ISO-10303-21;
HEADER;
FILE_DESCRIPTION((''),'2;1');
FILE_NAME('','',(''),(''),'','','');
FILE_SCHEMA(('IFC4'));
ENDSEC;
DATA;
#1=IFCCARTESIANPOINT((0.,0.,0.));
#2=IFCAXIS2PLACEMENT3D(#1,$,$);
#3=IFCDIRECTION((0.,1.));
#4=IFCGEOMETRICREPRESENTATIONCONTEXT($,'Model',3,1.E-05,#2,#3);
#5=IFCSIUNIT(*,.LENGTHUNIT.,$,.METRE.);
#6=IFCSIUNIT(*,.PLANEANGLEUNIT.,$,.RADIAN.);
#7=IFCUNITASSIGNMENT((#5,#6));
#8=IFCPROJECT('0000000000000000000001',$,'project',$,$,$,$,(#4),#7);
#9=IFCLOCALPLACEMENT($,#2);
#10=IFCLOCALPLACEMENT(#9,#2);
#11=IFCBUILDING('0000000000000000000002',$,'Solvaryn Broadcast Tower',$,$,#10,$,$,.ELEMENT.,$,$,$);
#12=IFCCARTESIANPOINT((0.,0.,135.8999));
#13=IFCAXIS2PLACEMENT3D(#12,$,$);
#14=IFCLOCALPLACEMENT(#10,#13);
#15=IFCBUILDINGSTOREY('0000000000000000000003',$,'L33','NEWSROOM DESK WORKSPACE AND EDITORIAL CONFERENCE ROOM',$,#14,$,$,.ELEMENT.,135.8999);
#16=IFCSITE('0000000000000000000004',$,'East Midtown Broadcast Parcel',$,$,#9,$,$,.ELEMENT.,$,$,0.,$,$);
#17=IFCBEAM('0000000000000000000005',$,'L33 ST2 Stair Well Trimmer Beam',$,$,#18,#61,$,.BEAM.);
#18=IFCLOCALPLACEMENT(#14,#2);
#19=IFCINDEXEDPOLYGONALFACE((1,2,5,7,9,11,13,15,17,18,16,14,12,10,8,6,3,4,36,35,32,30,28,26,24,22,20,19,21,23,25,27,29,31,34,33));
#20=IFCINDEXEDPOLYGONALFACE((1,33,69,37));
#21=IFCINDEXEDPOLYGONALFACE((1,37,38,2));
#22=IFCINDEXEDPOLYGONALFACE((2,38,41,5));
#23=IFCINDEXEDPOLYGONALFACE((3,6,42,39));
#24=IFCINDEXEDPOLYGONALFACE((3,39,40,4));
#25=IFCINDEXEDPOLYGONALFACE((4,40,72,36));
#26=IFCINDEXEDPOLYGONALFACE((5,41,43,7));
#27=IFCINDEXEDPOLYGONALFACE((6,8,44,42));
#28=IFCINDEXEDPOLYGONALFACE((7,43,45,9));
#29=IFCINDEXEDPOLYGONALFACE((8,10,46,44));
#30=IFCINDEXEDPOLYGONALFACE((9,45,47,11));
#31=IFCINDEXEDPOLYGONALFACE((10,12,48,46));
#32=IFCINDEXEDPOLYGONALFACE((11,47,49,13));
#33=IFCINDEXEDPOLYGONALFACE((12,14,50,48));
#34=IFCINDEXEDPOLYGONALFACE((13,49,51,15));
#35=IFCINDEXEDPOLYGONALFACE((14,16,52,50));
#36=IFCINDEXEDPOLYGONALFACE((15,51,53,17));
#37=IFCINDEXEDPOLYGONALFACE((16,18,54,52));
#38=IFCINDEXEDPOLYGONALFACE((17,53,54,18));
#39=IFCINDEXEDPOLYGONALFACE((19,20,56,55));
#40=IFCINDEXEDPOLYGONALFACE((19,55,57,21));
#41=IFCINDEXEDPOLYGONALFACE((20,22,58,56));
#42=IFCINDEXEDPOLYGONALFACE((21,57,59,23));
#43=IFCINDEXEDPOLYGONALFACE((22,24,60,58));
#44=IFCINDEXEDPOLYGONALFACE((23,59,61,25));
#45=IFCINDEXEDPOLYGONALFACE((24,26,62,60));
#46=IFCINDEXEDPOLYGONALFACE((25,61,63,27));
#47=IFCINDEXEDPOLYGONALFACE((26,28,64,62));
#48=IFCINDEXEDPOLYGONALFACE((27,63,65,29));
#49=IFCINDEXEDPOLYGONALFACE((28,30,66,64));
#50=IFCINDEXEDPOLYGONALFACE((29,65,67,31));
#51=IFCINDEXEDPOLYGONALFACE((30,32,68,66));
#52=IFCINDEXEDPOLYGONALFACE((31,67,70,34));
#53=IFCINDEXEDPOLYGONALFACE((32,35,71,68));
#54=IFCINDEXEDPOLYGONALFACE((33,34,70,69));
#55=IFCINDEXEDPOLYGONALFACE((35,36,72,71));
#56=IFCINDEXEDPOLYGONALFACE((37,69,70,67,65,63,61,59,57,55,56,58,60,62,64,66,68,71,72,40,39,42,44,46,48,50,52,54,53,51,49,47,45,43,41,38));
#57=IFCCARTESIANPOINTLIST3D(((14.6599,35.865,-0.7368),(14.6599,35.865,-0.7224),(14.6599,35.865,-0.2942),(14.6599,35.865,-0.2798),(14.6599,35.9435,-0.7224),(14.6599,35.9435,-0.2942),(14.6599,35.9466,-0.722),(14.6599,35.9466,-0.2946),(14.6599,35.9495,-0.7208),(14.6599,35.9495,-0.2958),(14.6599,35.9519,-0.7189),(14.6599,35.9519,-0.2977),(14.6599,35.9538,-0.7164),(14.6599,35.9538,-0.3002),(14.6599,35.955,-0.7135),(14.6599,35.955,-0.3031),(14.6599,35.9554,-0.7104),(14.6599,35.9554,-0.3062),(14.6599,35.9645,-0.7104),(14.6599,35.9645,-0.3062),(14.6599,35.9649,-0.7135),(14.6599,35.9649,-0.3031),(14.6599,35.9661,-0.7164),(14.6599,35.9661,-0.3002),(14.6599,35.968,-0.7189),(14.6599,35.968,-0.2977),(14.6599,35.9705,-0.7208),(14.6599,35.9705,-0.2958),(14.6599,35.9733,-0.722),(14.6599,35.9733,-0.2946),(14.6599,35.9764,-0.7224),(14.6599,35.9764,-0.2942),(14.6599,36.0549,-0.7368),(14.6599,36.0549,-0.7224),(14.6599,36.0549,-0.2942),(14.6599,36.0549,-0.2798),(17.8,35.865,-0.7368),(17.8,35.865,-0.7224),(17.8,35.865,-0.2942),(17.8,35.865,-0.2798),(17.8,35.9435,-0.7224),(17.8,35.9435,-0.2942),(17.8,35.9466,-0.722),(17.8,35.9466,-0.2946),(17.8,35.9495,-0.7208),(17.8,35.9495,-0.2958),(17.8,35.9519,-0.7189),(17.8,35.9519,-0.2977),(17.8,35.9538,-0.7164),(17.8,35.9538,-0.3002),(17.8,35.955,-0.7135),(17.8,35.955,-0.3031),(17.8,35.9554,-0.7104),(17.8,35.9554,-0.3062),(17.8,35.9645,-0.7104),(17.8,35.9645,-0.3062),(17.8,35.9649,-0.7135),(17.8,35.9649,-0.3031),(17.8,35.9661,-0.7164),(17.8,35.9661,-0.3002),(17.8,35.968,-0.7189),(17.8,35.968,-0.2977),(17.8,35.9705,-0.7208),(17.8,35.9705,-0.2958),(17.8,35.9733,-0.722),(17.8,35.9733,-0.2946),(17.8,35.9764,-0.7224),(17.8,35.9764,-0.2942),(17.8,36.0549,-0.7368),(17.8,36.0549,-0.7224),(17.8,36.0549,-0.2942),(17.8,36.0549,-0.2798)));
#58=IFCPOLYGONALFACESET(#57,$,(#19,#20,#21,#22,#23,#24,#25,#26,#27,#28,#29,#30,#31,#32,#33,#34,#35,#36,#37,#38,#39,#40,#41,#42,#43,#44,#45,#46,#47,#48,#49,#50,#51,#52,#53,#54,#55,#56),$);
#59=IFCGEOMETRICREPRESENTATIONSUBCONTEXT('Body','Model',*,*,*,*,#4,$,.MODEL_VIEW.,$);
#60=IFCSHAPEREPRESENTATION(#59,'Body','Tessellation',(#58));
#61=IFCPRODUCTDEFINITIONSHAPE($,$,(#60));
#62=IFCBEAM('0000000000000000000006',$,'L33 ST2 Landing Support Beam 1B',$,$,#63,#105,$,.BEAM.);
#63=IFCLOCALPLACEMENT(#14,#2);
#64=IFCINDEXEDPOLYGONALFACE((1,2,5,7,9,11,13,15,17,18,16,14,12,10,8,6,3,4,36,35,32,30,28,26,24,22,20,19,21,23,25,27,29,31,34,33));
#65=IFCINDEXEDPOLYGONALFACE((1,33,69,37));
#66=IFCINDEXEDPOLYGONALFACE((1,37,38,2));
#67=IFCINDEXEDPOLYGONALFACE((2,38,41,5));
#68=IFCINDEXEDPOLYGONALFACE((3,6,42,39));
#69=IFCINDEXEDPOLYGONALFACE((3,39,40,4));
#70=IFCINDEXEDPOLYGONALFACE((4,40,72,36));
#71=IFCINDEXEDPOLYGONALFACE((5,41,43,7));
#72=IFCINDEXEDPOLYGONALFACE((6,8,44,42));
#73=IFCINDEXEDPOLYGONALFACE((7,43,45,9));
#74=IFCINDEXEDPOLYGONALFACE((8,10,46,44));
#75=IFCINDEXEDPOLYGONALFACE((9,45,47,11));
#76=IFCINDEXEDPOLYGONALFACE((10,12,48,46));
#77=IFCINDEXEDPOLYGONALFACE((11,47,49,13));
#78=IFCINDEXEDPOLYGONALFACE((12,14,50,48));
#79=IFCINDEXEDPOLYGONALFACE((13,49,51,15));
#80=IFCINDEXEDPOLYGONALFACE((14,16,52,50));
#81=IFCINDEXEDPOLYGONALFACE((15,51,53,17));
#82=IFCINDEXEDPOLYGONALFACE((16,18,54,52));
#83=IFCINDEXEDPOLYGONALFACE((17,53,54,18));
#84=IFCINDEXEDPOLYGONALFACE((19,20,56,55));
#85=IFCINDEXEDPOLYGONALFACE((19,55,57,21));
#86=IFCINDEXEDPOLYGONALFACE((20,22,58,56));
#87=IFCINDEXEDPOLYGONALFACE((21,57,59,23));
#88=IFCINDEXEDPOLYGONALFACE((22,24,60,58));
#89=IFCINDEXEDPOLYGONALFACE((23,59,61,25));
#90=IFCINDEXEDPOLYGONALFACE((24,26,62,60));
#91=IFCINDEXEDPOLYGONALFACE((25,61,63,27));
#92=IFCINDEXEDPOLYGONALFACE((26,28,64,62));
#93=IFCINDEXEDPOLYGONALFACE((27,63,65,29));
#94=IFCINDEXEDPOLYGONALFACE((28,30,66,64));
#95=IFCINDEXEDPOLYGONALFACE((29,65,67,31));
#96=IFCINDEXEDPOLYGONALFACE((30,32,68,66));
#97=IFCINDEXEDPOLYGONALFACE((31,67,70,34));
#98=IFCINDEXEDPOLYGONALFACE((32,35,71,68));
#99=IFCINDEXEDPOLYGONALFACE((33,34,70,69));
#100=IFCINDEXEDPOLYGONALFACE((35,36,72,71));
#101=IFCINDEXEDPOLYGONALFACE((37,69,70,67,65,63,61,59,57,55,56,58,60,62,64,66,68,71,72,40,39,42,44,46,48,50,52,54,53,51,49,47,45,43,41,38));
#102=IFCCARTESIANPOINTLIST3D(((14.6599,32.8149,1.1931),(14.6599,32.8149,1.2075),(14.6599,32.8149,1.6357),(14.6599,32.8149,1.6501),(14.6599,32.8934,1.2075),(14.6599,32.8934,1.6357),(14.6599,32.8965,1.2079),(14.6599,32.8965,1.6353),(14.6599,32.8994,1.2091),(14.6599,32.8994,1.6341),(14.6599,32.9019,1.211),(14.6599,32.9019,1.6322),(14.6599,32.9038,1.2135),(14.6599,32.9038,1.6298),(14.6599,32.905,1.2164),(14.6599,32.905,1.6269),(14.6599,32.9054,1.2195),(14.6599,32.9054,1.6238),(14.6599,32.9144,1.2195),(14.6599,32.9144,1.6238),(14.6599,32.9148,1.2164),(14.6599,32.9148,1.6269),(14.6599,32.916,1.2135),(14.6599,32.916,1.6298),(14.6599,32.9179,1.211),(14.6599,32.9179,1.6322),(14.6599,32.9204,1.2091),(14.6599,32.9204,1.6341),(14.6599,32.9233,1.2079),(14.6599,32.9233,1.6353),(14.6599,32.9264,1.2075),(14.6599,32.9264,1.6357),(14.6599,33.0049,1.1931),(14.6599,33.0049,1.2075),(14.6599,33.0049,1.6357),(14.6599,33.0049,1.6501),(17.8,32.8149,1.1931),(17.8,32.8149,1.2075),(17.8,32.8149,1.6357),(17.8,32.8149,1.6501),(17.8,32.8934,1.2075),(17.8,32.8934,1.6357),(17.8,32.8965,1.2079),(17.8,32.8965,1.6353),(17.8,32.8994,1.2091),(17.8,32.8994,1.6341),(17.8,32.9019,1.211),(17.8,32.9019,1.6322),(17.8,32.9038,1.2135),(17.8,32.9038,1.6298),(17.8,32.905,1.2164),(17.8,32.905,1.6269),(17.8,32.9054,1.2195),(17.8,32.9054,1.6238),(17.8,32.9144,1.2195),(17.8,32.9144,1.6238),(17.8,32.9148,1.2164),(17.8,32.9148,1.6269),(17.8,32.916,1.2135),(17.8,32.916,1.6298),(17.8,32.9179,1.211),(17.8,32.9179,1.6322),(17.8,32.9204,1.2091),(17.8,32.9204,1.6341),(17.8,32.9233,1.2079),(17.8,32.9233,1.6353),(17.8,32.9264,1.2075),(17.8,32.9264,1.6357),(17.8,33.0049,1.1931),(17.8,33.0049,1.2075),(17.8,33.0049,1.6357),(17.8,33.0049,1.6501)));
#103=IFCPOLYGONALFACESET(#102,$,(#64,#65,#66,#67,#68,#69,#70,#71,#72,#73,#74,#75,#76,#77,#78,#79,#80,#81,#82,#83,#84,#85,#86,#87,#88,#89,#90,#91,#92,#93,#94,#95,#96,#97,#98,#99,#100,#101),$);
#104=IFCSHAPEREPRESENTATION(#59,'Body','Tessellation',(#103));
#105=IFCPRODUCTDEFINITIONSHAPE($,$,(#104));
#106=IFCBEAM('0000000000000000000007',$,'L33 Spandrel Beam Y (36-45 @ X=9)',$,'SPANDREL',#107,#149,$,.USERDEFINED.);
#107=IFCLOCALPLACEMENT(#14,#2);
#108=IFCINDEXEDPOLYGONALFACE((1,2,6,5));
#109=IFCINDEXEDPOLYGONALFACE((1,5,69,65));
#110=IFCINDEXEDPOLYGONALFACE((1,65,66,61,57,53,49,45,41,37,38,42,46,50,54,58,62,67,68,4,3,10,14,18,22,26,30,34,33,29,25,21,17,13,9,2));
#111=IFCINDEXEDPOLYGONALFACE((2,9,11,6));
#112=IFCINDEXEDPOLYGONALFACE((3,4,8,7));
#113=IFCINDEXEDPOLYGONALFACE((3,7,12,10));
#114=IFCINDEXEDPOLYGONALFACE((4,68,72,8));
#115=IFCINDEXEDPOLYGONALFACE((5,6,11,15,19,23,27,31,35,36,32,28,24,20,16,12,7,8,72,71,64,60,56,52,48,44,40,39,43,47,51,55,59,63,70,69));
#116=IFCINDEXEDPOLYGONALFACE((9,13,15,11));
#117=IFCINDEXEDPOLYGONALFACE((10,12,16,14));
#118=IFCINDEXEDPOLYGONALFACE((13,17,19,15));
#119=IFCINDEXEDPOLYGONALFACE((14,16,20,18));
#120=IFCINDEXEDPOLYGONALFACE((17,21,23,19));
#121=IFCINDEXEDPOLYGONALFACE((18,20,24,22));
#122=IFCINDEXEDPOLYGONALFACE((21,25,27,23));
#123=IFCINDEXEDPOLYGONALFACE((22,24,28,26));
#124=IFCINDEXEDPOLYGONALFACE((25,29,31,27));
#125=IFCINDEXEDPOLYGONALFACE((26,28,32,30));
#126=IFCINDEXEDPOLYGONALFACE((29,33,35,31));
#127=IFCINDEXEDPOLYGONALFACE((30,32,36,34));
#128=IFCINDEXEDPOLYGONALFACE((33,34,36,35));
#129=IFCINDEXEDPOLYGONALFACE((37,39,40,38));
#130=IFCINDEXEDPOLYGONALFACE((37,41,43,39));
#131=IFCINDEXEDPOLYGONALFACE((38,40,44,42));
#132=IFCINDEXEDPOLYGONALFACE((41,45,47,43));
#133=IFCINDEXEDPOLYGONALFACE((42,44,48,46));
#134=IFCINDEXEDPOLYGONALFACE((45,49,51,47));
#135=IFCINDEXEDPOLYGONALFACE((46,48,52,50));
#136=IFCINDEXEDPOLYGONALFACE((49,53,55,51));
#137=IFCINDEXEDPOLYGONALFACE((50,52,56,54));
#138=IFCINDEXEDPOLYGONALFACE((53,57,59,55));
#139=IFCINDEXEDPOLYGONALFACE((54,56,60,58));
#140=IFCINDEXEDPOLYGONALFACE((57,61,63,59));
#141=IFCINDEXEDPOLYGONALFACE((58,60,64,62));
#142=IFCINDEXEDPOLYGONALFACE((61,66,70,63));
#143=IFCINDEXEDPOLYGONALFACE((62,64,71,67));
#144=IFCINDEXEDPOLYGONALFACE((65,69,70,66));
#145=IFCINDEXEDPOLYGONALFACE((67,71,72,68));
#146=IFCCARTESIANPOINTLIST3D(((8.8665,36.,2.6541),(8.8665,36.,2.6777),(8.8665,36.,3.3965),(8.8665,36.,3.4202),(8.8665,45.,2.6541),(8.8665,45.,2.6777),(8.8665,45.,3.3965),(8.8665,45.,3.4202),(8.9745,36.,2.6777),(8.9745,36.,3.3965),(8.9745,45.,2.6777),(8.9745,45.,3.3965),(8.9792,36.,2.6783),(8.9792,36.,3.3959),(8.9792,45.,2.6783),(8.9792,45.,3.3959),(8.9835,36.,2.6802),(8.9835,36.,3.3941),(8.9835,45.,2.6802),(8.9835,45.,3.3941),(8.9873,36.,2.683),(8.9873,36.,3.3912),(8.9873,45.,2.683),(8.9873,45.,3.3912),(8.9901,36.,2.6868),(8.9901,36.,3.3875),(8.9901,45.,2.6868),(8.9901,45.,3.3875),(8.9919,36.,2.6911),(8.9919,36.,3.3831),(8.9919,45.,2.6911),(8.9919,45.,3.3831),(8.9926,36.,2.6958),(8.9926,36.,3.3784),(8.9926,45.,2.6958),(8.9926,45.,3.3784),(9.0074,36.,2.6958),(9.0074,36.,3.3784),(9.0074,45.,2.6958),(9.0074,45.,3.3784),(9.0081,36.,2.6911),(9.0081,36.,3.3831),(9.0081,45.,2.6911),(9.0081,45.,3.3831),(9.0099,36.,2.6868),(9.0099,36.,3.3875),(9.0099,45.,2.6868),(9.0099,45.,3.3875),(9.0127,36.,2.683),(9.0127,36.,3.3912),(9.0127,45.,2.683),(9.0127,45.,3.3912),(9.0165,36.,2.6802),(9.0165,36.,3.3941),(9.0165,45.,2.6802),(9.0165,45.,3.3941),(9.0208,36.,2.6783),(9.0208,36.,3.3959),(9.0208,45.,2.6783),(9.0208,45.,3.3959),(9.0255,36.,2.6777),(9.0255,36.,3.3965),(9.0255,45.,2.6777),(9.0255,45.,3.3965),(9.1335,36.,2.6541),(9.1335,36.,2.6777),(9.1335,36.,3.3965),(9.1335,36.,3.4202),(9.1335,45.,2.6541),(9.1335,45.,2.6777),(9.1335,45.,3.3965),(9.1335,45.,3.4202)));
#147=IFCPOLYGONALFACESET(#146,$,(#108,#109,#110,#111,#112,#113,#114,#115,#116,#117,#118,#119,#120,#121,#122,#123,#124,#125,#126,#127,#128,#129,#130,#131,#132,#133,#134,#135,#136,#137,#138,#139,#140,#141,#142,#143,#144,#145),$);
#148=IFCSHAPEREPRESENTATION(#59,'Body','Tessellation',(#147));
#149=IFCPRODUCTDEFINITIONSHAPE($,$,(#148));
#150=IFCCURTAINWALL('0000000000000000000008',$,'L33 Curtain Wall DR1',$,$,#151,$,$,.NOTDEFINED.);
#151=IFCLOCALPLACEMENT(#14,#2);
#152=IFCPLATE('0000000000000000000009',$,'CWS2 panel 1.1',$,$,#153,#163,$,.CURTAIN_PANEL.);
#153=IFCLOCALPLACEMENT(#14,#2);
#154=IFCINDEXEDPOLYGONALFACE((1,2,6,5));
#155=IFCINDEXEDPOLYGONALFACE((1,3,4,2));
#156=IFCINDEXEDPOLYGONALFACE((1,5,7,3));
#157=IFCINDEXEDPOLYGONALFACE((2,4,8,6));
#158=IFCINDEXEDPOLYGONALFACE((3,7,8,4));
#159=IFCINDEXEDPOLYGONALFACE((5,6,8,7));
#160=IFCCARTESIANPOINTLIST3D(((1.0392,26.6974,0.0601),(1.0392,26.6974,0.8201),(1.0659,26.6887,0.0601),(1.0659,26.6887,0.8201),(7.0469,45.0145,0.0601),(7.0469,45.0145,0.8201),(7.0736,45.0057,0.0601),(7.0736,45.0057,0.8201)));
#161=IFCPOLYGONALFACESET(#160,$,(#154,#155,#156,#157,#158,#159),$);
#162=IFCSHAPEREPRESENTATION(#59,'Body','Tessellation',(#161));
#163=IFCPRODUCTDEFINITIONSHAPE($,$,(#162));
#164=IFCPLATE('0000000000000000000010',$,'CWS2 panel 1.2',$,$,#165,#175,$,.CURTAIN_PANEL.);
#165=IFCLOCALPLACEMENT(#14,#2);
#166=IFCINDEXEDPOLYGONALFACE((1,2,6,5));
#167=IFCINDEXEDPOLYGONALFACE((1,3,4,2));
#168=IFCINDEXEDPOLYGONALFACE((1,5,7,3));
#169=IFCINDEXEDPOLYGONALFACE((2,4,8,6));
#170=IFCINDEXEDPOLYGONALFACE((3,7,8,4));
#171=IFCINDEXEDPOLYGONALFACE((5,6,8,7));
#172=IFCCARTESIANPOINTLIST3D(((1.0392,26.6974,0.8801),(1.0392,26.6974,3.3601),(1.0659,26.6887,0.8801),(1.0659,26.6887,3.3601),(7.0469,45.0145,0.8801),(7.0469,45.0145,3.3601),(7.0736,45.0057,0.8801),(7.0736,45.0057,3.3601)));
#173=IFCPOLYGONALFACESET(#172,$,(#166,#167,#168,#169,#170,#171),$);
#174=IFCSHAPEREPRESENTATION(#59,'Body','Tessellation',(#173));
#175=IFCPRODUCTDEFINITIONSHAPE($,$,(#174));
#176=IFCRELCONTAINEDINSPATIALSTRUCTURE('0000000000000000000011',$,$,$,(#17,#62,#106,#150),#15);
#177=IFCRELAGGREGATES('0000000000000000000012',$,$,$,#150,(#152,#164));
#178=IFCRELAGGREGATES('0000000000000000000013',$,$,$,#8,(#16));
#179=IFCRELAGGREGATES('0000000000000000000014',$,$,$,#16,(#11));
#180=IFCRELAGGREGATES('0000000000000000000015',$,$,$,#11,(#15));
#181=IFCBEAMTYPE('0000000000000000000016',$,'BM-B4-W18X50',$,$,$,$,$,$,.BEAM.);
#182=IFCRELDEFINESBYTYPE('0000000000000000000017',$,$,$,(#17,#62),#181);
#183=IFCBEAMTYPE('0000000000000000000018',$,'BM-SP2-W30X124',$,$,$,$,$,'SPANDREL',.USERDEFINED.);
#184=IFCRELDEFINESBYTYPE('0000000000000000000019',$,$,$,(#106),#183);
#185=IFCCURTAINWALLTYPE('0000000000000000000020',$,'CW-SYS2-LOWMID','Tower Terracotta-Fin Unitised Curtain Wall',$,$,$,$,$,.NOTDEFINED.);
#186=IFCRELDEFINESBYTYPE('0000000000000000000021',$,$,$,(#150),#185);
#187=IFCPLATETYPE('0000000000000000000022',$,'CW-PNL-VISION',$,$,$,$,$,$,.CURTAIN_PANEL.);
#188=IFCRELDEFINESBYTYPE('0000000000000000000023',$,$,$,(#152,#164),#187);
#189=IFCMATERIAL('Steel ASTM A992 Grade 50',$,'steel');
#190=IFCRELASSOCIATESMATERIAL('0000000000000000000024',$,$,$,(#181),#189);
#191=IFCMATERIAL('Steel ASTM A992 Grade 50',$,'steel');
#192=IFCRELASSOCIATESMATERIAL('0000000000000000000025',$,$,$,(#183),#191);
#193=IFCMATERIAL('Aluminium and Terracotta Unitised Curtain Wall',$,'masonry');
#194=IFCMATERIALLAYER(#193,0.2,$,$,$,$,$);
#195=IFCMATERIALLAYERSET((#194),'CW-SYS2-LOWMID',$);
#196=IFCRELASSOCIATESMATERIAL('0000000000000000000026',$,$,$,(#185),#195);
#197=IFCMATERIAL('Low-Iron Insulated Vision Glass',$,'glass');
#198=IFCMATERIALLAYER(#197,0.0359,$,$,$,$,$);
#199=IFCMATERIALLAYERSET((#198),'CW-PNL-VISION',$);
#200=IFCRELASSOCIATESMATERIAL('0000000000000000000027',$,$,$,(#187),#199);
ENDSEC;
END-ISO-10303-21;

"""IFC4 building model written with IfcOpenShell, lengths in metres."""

from ifc_helpers import new_model, si_unit, direction, frame, origin, origin_2d, place, context, subcontext, project, spatial, rectangle, i_section, extrude, material, layer, layer_set, material_profile, profile_set, type_object, element, aggregate, save


model = new_model("IFC4")

# Units and contexts
model_context = context("Model", 3, precision=1e-05, world=origin(), true_north=direction((0.0, 1.0)))
body_context = subcontext(model_context, "Body", "Model", "MODEL_VIEW")
ifc_project = project(units=[si_unit("LENGTHUNIT", "METRE"), si_unit("PLANEANGLEUNIT", "RADIAN")], contexts=[model_context])

# Site, building, storey
site_placement = place(None, origin())
site = spatial("IfcSite", under=ifc_project, at=site_placement, Name="East Midtown Broadcast Parcel", CompositionType="ELEMENT", RefElevation=0.0)
building_placement = place(site_placement, origin())
building = spatial("IfcBuilding", under=site, at=building_placement, Name="Solvaryn Broadcast Tower", CompositionType="ELEMENT")
storey_placement = place(building_placement, frame((0.0, 0.0, 135.8999)))
storey = spatial("IfcBuildingStorey", under=building, at=storey_placement, Name="L33", Description="NEWSROOM DESK WORKSPACE AND EDITORIAL CONFERENCE ROOM", CompositionType="ELEMENT", Elevation=135.8999)

# Beams
ifc_material_1 = material(Name="Steel ASTM A992 Grade 50", Category="steel")
ifc_material_profile_1 = material_profile(ifc_material_1, i_section(OverallWidth=0.1899, OverallDepth=0.457, WebThickness=0.009, FlangeThickness=0.0144, FilletRadius=0.012, at=origin_2d()))
ifc_profile_set_1 = profile_set([ifc_material_profile_1], Name="Steel ASTM A992 Grade 50")
beam_type_1 = type_object("IfcBeamType", Name="BM-B4-W18X50", PredefinedType="BEAM", material=ifc_profile_set_1)
for number, where, z_axis, x_axis, name in (
    (1, (14.6599, 35.96, -0.5083), (1.0, 0.0, 0.0), (0.0, 1.0, 0.0), "L33 ST2 Stair Well Trimmer Beam"),
    (2, (14.6599, 32.9099, 1.4216), (1.0, 0.0, 0.0), (0.0, 1.0, 0.0), "L33 ST2 Landing Support Beam 1B"),
):
    element("IfcBeam", number, at=place(storey_placement, frame(where, z_axis=z_axis, x_axis=x_axis)), inside=storey, type_object=beam_type_1, Name=name, PredefinedType="BEAM", context=body_context, shape_type="SweptSolid", body=[
        extrude(i_section(OverallWidth=0.1899, OverallDepth=0.457, WebThickness=0.009, FlangeThickness=0.0144, FilletRadius=0.012, at=origin_2d()), origin(), (0.0, 0.0, 1.0), 3.1401),
    ])
ifc_material_2 = material(Name="Steel ASTM A992 Grade 50", Category="steel")
ifc_material_profile_2 = material_profile(ifc_material_2, i_section(OverallWidth=0.2671, OverallDepth=0.7661, WebThickness=0.0149, FlangeThickness=0.0237, FilletRadius=0.0181, at=origin_2d()))
ifc_profile_set_2 = profile_set([ifc_material_profile_2], Name="Steel ASTM A992 Grade 50")
beam_type_2 = type_object("IfcBeamType", Name="BM-SP2-W30X124", ElementType="SPANDREL", PredefinedType="USERDEFINED", material=ifc_profile_set_2)
beam_1_placement = place(storey_placement, frame((9.0, 36.0, 3.0371), z_axis=(0.0, 1.0, 0.0), x_axis=(-1.0, 0.0, 0.0)))
element("IfcBeam", 3, at=beam_1_placement, inside=storey, type_object=beam_type_2, Name="L33 Spandrel Beam Y (36-45 @ X=9)", ObjectType="SPANDREL", PredefinedType="USERDEFINED", context=body_context, shape_type="SweptSolid", body=[
    extrude(i_section(OverallWidth=0.2671, OverallDepth=0.7661, WebThickness=0.0149, FlangeThickness=0.0237, FilletRadius=0.0181, at=origin_2d()), origin(), (0.0, 0.0, 1.0), 9.0),
])

# Curtain wall, plates
ifc_material_3 = material(Name="Aluminium and Terracotta Unitised Curtain Wall", Category="masonry")
ifc_layer_1 = layer(ifc_material_3, 0.2)
ifc_layer_set_1 = layer_set([ifc_layer_1], Name="CW-SYS2-LOWMID")
curtain_wall_type = type_object("IfcCurtainWallType", Name="CW-SYS2-LOWMID", Description="Tower Terracotta-Fin Unitised Curtain Wall", PredefinedType="NOTDEFINED", material=ifc_layer_set_1)
curtain_wall_placement = place(storey_placement, origin())
curtain_wall = element("IfcCurtainWall", 4, at=curtain_wall_placement, inside=storey, type_object=curtain_wall_type, Name="L33 Curtain Wall DR1", PredefinedType="NOTDEFINED")
ifc_material_4 = material(Name="Low-Iron Insulated Vision Glass", Category="glass")
ifc_layer_2 = layer(ifc_material_4, 0.0359)
ifc_layer_set_2 = layer_set([ifc_layer_2], Name="CW-PNL-VISION")
plate_type = type_object("IfcPlateType", Name="CW-PNL-VISION", PredefinedType="CURTAIN_PANEL", material=ifc_layer_set_2)
plate_1_placement = place(storey_placement, frame((4.0564, 35.8516, 0.0601), z_axis=(0.0, 0.0, 1.0), x_axis=(-0.311646, -0.950198, 0.0)))
plate_1 = element("IfcPlate", 5, at=plate_1_placement, type_object=plate_type, Name="CWS2 panel 1.1", PredefinedType="CURTAIN_PANEL", context=body_context, shape_type="SweptSolid", body=[
    extrude(rectangle(XDim=19.2771, YDim=0.0281, at=origin_2d()), origin(), (0.0, 0.0, 1.0), 0.76),
])
plate_2_placement = place(storey_placement, frame((4.0564, 35.8516, 0.8801), z_axis=(0.0, 0.0, 1.0), x_axis=(-0.311646, -0.950198, 0.0)))
plate_2 = element("IfcPlate", 6, at=plate_2_placement, type_object=plate_type, Name="CWS2 panel 1.2", PredefinedType="CURTAIN_PANEL", context=body_context, shape_type="SweptSolid", body=[
    extrude(rectangle(XDim=19.2771, YDim=0.0281, at=origin_2d()), origin(), (0.0, 0.0, 1.0), 2.48),
])
aggregate(curtain_wall, [plate_1, plate_2])

save(model, "model.ifc")
